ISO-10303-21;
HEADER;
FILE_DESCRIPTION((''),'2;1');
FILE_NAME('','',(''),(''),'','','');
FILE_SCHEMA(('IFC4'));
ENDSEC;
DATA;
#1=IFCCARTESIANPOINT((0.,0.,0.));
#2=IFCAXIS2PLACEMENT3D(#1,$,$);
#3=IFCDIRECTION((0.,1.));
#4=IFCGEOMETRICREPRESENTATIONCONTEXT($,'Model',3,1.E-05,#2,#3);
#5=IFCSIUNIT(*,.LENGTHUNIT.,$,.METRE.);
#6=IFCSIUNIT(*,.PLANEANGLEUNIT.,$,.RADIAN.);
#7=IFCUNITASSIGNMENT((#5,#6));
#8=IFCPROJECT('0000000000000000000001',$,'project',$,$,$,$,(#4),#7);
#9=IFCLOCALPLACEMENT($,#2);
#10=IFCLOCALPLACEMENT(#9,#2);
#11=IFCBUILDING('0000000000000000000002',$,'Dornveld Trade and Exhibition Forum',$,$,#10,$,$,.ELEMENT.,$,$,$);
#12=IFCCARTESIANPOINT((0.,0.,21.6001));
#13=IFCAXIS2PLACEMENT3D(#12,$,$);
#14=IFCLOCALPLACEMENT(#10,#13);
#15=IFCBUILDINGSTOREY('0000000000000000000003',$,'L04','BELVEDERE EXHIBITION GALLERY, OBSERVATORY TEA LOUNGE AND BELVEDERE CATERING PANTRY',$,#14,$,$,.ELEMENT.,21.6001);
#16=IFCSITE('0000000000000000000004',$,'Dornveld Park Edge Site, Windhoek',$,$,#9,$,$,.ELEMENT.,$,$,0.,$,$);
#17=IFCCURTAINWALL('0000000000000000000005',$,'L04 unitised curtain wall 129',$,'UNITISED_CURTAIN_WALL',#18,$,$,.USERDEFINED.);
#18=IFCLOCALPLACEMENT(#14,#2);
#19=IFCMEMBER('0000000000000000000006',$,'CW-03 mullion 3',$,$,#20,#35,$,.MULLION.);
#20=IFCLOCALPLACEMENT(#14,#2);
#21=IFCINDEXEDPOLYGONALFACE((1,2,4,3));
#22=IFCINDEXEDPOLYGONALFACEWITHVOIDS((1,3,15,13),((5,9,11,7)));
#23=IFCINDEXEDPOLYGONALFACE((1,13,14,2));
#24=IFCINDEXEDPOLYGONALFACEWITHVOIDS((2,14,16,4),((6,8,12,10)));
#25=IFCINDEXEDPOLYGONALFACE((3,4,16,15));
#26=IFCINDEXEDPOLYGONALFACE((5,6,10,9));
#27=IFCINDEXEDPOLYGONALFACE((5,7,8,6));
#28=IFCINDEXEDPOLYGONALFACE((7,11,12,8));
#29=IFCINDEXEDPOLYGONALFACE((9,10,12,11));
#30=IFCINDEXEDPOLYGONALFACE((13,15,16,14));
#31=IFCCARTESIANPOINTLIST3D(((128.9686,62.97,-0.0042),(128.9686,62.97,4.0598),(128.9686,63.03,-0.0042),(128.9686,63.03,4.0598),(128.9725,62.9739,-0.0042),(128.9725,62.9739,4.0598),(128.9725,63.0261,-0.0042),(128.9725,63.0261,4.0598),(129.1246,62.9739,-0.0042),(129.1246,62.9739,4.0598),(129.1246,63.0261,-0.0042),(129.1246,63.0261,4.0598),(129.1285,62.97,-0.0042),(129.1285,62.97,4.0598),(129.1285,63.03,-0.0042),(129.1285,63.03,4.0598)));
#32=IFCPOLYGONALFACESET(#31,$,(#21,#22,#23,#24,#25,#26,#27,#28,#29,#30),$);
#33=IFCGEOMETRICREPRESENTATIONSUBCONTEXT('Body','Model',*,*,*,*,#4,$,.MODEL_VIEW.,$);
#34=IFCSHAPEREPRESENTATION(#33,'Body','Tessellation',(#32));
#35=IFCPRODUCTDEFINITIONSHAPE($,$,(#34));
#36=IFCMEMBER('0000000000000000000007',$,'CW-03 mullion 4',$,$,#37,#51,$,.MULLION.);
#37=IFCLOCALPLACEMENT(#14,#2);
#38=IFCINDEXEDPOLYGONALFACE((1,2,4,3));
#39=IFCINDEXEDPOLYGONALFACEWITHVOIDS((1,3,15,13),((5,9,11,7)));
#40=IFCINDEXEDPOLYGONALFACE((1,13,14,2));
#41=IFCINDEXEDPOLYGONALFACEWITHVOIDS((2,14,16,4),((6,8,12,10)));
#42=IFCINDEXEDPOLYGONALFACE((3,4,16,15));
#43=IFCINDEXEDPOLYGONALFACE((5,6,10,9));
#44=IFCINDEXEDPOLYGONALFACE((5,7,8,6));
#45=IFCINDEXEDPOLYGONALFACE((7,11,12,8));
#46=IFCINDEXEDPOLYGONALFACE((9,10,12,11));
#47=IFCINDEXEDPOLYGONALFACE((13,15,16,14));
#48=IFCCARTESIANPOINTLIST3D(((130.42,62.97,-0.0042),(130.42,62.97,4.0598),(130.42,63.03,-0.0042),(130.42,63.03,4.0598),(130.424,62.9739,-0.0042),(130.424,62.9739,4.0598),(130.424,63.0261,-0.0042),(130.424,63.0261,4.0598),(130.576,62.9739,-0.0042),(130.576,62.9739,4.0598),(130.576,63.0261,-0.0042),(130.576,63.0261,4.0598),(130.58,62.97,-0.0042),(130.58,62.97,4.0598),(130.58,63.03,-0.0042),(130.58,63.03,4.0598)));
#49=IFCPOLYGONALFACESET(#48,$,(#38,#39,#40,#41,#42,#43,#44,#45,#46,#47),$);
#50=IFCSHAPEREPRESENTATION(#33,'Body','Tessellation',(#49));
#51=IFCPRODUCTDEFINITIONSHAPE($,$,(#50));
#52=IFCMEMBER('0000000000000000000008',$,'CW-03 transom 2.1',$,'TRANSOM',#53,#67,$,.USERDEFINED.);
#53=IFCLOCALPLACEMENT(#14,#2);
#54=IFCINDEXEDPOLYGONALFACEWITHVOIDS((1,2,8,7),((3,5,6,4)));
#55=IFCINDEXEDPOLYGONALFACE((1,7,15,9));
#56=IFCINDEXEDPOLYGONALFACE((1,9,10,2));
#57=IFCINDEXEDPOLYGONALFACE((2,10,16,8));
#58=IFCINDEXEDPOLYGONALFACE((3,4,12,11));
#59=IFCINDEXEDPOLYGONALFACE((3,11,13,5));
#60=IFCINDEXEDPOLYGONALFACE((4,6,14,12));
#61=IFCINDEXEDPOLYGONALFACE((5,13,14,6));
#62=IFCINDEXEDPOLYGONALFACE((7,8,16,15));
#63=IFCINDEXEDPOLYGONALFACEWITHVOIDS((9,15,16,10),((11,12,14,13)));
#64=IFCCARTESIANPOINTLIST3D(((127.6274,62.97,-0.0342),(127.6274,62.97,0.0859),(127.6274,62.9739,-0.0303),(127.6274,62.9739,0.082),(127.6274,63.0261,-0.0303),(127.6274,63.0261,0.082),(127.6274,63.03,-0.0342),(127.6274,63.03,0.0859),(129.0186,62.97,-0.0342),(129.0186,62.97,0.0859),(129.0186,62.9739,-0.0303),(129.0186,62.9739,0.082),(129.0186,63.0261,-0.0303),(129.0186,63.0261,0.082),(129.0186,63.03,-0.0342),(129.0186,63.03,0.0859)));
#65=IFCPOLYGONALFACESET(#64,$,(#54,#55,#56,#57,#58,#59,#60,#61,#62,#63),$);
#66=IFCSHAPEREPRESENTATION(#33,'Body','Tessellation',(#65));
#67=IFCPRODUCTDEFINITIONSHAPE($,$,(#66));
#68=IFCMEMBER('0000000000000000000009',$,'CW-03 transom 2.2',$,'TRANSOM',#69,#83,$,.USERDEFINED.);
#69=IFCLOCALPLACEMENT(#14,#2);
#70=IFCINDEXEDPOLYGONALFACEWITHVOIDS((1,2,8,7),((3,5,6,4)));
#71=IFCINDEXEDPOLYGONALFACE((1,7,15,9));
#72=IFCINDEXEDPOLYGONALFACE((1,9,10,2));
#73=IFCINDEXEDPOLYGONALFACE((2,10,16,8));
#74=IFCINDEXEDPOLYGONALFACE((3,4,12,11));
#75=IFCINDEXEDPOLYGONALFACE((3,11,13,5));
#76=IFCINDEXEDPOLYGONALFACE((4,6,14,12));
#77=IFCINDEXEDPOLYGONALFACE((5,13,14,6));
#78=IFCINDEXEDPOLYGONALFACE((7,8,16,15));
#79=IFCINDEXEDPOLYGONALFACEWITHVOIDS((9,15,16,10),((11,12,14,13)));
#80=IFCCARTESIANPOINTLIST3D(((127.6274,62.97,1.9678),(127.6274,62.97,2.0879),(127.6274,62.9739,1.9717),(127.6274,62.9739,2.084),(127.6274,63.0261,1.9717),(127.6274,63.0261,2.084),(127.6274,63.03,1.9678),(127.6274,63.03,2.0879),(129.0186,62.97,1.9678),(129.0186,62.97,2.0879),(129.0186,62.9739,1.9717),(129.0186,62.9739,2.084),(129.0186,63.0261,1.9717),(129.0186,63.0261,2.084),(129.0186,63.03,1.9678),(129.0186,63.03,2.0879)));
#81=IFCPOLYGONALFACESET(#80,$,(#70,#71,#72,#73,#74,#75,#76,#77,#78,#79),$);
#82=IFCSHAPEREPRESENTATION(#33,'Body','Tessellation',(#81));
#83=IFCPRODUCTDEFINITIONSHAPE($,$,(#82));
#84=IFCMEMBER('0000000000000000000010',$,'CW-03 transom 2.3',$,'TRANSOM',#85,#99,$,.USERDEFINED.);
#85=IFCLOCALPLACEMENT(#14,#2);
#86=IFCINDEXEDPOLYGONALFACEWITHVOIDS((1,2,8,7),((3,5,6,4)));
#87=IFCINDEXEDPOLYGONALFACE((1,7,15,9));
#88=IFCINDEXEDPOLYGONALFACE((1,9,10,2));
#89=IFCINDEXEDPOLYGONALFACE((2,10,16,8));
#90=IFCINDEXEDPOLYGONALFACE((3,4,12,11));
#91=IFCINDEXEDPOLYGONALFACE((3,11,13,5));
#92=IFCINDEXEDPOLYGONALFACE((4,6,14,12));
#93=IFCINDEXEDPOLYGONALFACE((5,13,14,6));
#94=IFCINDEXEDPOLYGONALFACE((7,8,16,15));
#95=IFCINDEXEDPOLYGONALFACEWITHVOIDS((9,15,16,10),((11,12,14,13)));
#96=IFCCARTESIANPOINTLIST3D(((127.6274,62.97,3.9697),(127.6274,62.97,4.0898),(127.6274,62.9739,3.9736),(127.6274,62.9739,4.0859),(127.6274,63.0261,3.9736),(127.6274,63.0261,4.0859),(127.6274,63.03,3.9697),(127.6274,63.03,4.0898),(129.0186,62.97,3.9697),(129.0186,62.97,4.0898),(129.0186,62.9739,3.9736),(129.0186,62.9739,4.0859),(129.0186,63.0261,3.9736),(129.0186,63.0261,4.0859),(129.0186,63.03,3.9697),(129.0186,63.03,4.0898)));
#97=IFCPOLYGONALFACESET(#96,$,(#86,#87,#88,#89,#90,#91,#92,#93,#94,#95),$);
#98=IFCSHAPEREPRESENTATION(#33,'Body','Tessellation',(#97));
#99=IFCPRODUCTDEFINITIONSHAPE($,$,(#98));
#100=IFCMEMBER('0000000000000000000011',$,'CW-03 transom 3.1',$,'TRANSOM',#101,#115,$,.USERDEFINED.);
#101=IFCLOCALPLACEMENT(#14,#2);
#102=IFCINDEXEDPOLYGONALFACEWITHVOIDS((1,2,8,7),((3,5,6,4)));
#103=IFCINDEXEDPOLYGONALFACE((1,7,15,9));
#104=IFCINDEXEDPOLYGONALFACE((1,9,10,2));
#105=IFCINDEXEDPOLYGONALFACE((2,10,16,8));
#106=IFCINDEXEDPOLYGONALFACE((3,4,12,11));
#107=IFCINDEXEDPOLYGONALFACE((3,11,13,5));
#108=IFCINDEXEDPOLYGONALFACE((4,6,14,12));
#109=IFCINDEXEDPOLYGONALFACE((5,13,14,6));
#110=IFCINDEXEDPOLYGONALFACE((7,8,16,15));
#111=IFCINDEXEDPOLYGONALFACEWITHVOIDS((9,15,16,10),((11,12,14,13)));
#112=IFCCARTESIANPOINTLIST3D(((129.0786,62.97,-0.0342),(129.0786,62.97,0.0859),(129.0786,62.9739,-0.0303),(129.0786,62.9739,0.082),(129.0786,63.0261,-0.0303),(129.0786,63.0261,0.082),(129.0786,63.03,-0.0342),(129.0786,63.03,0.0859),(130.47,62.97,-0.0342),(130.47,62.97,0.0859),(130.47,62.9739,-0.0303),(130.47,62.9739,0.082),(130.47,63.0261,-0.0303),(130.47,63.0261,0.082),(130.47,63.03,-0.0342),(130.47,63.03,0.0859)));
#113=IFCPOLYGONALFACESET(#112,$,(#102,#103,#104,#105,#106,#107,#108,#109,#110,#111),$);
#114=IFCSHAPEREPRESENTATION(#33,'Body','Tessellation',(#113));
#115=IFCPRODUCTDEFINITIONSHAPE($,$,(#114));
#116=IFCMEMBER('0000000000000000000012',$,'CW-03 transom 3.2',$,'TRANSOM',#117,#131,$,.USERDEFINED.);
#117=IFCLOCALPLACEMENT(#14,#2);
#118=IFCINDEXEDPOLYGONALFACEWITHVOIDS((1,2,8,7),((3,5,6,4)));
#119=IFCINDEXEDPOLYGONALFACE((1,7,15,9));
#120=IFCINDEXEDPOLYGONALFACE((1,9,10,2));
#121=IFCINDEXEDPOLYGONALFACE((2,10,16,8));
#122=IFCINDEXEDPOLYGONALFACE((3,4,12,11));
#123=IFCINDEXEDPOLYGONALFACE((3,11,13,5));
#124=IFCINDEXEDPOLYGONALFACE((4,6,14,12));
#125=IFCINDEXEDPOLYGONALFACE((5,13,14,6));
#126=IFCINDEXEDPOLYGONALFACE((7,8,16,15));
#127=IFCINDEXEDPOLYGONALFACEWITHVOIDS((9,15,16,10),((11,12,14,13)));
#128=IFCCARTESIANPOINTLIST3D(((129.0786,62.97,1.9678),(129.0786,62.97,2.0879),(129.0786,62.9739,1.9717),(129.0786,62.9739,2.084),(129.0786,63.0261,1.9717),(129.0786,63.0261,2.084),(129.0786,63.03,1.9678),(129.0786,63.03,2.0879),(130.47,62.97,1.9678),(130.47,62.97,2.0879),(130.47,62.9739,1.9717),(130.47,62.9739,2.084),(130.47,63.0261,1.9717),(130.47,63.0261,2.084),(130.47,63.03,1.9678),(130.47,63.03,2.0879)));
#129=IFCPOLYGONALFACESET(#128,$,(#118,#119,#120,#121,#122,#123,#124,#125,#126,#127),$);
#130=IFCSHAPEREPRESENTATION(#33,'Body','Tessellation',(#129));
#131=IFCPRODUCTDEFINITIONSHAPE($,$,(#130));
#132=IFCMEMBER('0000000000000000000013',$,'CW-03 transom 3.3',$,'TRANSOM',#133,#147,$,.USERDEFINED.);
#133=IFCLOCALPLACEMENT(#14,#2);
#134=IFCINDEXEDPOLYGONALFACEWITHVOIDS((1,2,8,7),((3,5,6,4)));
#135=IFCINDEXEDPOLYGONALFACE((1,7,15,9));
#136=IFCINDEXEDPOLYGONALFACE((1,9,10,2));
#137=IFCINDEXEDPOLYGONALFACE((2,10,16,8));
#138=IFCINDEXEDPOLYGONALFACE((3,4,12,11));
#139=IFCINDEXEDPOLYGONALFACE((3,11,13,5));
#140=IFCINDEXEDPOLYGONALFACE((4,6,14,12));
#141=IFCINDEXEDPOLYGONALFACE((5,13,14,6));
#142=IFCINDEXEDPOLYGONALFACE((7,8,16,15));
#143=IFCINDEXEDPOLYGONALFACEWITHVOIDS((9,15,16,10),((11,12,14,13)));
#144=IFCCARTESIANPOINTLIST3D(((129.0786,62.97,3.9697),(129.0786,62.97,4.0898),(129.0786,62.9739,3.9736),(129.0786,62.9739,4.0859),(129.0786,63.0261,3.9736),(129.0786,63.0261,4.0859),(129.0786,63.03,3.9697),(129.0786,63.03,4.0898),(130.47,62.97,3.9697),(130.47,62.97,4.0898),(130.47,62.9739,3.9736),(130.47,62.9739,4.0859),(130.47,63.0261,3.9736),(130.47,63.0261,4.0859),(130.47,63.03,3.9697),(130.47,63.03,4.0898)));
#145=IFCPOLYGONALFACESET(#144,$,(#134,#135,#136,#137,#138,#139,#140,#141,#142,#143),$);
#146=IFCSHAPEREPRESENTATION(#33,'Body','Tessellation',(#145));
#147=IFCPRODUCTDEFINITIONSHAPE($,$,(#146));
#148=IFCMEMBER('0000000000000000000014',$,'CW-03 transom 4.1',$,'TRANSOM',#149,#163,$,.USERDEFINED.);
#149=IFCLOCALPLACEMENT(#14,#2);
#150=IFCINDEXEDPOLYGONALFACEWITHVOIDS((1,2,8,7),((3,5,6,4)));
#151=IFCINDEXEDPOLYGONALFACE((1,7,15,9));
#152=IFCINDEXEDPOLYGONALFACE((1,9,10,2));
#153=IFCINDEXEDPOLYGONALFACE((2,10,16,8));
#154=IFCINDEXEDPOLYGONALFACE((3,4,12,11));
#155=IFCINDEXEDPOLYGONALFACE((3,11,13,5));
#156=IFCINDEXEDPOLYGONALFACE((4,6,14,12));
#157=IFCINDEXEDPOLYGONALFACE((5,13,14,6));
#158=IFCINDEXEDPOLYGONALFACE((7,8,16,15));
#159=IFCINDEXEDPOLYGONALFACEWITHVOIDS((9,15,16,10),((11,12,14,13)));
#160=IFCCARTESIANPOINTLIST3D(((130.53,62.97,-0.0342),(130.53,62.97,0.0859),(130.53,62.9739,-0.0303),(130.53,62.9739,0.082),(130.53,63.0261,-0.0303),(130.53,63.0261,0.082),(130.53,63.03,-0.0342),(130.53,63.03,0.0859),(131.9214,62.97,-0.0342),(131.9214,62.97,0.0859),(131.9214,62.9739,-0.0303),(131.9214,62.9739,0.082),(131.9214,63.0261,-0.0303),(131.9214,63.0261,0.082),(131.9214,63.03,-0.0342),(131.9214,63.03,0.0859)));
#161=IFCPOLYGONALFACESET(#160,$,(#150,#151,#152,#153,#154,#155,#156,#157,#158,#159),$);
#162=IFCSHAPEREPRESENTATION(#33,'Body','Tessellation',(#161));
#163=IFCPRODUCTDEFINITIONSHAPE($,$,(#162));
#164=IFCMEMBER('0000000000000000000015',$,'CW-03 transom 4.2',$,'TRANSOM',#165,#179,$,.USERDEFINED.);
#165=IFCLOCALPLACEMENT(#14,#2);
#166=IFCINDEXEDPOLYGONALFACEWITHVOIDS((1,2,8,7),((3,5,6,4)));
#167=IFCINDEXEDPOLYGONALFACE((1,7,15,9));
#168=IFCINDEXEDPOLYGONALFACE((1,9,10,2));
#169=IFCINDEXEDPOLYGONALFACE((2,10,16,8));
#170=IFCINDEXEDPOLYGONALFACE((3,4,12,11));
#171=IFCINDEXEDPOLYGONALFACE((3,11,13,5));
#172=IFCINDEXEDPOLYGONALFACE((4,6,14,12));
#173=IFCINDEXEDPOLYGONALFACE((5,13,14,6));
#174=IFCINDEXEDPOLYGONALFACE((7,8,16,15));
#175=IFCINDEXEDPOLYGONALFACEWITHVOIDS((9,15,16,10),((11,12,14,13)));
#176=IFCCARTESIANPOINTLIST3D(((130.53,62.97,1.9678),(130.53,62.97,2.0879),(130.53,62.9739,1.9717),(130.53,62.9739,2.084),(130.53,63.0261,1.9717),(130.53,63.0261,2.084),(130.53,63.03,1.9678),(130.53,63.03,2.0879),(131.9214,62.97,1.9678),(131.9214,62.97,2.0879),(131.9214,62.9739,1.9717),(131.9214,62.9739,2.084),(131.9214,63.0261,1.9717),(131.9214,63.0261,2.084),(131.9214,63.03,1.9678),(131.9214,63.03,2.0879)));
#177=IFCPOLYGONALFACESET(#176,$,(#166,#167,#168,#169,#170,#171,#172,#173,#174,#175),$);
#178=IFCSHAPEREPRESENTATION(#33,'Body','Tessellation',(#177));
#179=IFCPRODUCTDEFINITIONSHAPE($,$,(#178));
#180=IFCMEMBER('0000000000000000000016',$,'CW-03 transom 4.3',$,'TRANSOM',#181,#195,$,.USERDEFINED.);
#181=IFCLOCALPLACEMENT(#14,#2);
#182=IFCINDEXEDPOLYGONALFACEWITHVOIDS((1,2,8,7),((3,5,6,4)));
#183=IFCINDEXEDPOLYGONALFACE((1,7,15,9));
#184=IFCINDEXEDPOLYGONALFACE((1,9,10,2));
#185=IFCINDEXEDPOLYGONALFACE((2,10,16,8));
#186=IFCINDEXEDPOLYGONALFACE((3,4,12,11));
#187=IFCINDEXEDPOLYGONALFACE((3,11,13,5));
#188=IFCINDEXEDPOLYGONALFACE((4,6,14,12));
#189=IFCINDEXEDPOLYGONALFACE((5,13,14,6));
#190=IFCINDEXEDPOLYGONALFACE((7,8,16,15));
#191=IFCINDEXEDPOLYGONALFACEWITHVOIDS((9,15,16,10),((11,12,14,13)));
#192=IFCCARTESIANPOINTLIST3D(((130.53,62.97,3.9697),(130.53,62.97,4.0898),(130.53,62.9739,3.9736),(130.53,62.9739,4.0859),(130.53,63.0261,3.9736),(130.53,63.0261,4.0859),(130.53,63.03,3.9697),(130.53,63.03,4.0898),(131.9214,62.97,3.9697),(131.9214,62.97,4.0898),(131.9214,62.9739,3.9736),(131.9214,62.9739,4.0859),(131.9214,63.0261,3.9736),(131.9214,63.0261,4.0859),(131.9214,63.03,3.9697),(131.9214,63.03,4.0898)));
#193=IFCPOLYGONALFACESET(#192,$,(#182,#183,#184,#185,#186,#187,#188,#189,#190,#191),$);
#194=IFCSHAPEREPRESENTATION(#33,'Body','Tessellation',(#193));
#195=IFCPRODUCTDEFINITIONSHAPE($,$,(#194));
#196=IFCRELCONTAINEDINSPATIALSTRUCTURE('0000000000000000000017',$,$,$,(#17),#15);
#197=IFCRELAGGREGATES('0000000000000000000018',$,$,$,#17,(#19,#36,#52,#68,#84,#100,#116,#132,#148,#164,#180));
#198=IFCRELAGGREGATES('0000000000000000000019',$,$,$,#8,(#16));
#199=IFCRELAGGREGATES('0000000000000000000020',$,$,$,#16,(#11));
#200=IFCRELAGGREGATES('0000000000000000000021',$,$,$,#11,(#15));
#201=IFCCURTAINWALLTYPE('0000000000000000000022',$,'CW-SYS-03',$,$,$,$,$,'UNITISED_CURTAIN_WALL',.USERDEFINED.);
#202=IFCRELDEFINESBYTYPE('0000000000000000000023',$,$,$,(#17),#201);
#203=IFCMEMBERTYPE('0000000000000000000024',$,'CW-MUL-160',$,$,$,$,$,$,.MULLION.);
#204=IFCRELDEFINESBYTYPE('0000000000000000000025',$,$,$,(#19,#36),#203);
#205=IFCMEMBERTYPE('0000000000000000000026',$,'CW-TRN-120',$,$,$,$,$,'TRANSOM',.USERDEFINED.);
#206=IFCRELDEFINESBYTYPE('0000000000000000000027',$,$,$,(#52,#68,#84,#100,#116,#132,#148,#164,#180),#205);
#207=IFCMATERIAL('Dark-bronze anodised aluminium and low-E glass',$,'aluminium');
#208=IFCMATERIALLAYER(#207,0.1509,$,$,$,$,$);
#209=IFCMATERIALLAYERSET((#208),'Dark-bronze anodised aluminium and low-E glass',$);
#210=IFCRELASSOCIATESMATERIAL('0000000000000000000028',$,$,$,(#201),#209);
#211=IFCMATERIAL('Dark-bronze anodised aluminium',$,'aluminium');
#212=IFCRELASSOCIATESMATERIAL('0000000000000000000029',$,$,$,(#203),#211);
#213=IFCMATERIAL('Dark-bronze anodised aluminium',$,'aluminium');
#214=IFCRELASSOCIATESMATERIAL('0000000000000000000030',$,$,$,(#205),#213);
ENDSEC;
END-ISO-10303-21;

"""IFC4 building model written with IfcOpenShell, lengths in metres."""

from ifc_helpers import new_model, si_unit, direction, frame, origin, origin_2d, place, context, subcontext, project, spatial, hollow_rectangle, extrude, material, layer, layer_set, material_profile, profile_set, type_object, element, aggregate, save


model = new_model("IFC4")

# Units and contexts
model_context = context("Model", 3, precision=1e-05, world=origin(), true_north=direction((0.0, 1.0)))
body_context = subcontext(model_context, "Body", "Model", "MODEL_VIEW")
ifc_project = project(units=[si_unit("LENGTHUNIT", "METRE"), si_unit("PLANEANGLEUNIT", "RADIAN")], contexts=[model_context])

# Site, building, storey
site_placement = place(None, origin())
site = spatial("IfcSite", under=ifc_project, at=site_placement, Name="Dornveld Park Edge Site, Windhoek", CompositionType="ELEMENT", RefElevation=0.0)
building_placement = place(site_placement, origin())
building = spatial("IfcBuilding", under=site, at=building_placement, Name="Dornveld Trade and Exhibition Forum", CompositionType="ELEMENT")
storey_placement = place(building_placement, frame((0.0, 0.0, 21.6001)))
storey = spatial("IfcBuildingStorey", under=building, at=storey_placement, Name="L04", Description="BELVEDERE EXHIBITION GALLERY, OBSERVATORY TEA LOUNGE AND BELVEDERE CATERING PANTRY", CompositionType="ELEMENT", Elevation=21.6001)

# Curtain wall, members
ifc_material_1 = material(Name="Dark-bronze anodised aluminium and low-E glass", Category="aluminium")
ifc_layer_1 = layer(ifc_material_1, 0.1509)
ifc_layer_set_1 = layer_set([ifc_layer_1], Name="Dark-bronze anodised aluminium and low-E glass")
curtain_wall_type = type_object("IfcCurtainWallType", Name="CW-SYS-03", ElementType="UNITISED_CURTAIN_WALL", PredefinedType="USERDEFINED", material=ifc_layer_set_1)
curtain_wall_placement = place(storey_placement, origin())
curtain_wall = element("IfcCurtainWall", 1, at=curtain_wall_placement, inside=storey, type_object=curtain_wall_type, Name="L04 unitised curtain wall 129", ObjectType="UNITISED_CURTAIN_WALL", PredefinedType="USERDEFINED")
ifc_material_2 = material(Name="Dark-bronze anodised aluminium", Category="aluminium")
ifc_material_profile_1 = material_profile(ifc_material_2, hollow_rectangle(XDim=0.0601, YDim=0.1599, WallThickness=0.0039, at=origin_2d()), Name="RHS 160x60x4")
ifc_profile_set_1 = profile_set([ifc_material_profile_1], Name="Dark-bronze anodised aluminium")
member_type_1 = type_object("IfcMemberType", Name="CW-MUL-160", PredefinedType="MULLION", material=ifc_profile_set_1)
member_1_placement = place(storey_placement, frame((129.0486, 63.0, -0.0042), z_axis=(0.0, 0.0, 1.0), x_axis=(0.0, 1.0, 0.0)))
member_1 = element("IfcMember", 2, at=member_1_placement, type_object=member_type_1, Name="CW-03 mullion 3", PredefinedType="MULLION", context=body_context, shape_type="SweptSolid", body=[
    extrude(hollow_rectangle(XDim=0.0601, YDim=0.1599, WallThickness=0.0039, at=origin_2d()), origin(), (0.0, 0.0, 1.0), 4.064),
])
member_2_placement = place(storey_placement, frame((130.5, 63.0, -0.0042), z_axis=(0.0, 0.0, 1.0), x_axis=(0.0, 1.0, 0.0)))
member_2 = element("IfcMember", 3, at=member_2_placement, type_object=member_type_1, Name="CW-03 mullion 4", PredefinedType="MULLION", context=body_context, shape_type="SweptSolid", body=[
    extrude(hollow_rectangle(XDim=0.0601, YDim=0.1599, WallThickness=0.0039, at=origin_2d()), origin(), (0.0, 0.0, 1.0), 4.064),
])
ifc_material_3 = material(Name="Dark-bronze anodised aluminium", Category="aluminium")
ifc_material_profile_2 = material_profile(ifc_material_3, hollow_rectangle(XDim=0.0601, YDim=0.1201, WallThickness=0.0039, at=origin_2d()), Name="RHS 120x60x4")
ifc_profile_set_2 = profile_set([ifc_material_profile_2], Name="Dark-bronze anodised aluminium")
member_type_2 = type_object("IfcMemberType", Name="CW-TRN-120", ElementType="TRANSOM", PredefinedType="USERDEFINED", material=ifc_profile_set_2)
member_3_placement = place(storey_placement, frame((127.6274, 63.0, 0.0259), z_axis=(1.0, 0.0, 0.0), x_axis=(0.0, 1.0, 0.0)))
member_3 = element("IfcMember", 4, at=member_3_placement, type_object=member_type_2, Name="CW-03 transom 2.1", ObjectType="TRANSOM", PredefinedType="USERDEFINED", context=body_context, shape_type="SweptSolid", body=[
    extrude(hollow_rectangle(XDim=0.0601, YDim=0.1201, WallThickness=0.0039, at=origin_2d()), origin(), (0.0, 0.0, 1.0), 1.3911),
])
member_4_placement = place(storey_placement, frame((127.6274, 63.0, 2.0278), z_axis=(1.0, 0.0, 0.0), x_axis=(0.0, 1.0, 0.0)))
member_4 = element("IfcMember", 5, at=member_4_placement, type_object=member_type_2, Name="CW-03 transom 2.2", ObjectType="TRANSOM", PredefinedType="USERDEFINED", context=body_context, shape_type="SweptSolid", body=[
    extrude(hollow_rectangle(XDim=0.0601, YDim=0.1201, WallThickness=0.0039, at=origin_2d()), origin(), (0.0, 0.0, 1.0), 1.3911),
])
member_5_placement = place(storey_placement, frame((127.6274, 63.0, 4.0298), z_axis=(1.0, 0.0, 0.0), x_axis=(0.0, 1.0, 0.0)))
member_5 = element("IfcMember", 6, at=member_5_placement, type_object=member_type_2, Name="CW-03 transom 2.3", ObjectType="TRANSOM", PredefinedType="USERDEFINED", context=body_context, shape_type="SweptSolid", body=[
    extrude(hollow_rectangle(XDim=0.0601, YDim=0.1201, WallThickness=0.0039, at=origin_2d()), origin(), (0.0, 0.0, 1.0), 1.3911),
])
member_6_placement = place(storey_placement, frame((129.0786, 63.0, 0.0259), z_axis=(1.0, 0.0, 0.0), x_axis=(0.0, 1.0, 0.0)))
member_6 = element("IfcMember", 7, at=member_6_placement, type_object=member_type_2, Name="CW-03 transom 3.1", ObjectType="TRANSOM", PredefinedType="USERDEFINED", context=body_context, shape_type="SweptSolid", body=[
    extrude(hollow_rectangle(XDim=0.0601, YDim=0.1201, WallThickness=0.0039, at=origin_2d()), origin(), (0.0, 0.0, 1.0), 1.3914),
])
member_7_placement = place(storey_placement, frame((129.0786, 63.0, 2.0278), z_axis=(1.0, 0.0, 0.0), x_axis=(0.0, 1.0, 0.0)))
member_7 = element("IfcMember", 8, at=member_7_placement, type_object=member_type_2, Name="CW-03 transom 3.2", ObjectType="TRANSOM", PredefinedType="USERDEFINED", context=body_context, shape_type="SweptSolid", body=[
    extrude(hollow_rectangle(XDim=0.0601, YDim=0.1201, WallThickness=0.0039, at=origin_2d()), origin(), (0.0, 0.0, 1.0), 1.3914),
])
member_8_placement = place(storey_placement, frame((129.0786, 63.0, 4.0298), z_axis=(1.0, 0.0, 0.0), x_axis=(0.0, 1.0, 0.0)))
member_8 = element("IfcMember", 9, at=member_8_placement, type_object=member_type_2, Name="CW-03 transom 3.3", ObjectType="TRANSOM", PredefinedType="USERDEFINED", context=body_context, shape_type="SweptSolid", body=[
    extrude(hollow_rectangle(XDim=0.0601, YDim=0.1201, WallThickness=0.0039, at=origin_2d()), origin(), (0.0, 0.0, 1.0), 1.3914),
])
member_9_placement = place(storey_placement, frame((130.53, 63.0, 0.0259), z_axis=(1.0, 0.0, 0.0), x_axis=(0.0, 1.0, 0.0)))
member_9 = element("IfcMember", 10, at=member_9_placement, type_object=member_type_2, Name="CW-03 transom 4.1", ObjectType="TRANSOM", PredefinedType="USERDEFINED", context=body_context, shape_type="SweptSolid", body=[
    extrude(hollow_rectangle(XDim=0.0601, YDim=0.1201, WallThickness=0.0039, at=origin_2d()), origin(), (0.0, 0.0, 1.0), 1.3914),
])
member_10_placement = place(storey_placement, frame((130.53, 63.0, 2.0278), z_axis=(1.0, 0.0, 0.0), x_axis=(0.0, 1.0, 0.0)))
member_10 = element("IfcMember", 11, at=member_10_placement, type_object=member_type_2, Name="CW-03 transom 4.2", ObjectType="TRANSOM", PredefinedType="USERDEFINED", context=body_context, shape_type="SweptSolid", body=[
    extrude(hollow_rectangle(XDim=0.0601, YDim=0.1201, WallThickness=0.0039, at=origin_2d()), origin(), (0.0, 0.0, 1.0), 1.3914),
])
member_11_placement = place(storey_placement, frame((130.53, 63.0, 4.0298), z_axis=(1.0, 0.0, 0.0), x_axis=(0.0, 1.0, 0.0)))
member_11 = element("IfcMember", 12, at=member_11_placement, type_object=member_type_2, Name="CW-03 transom 4.3", ObjectType="TRANSOM", PredefinedType="USERDEFINED", context=body_context, shape_type="SweptSolid", body=[
    extrude(hollow_rectangle(XDim=0.0601, YDim=0.1201, WallThickness=0.0039, at=origin_2d()), origin(), (0.0, 0.0, 1.0), 1.3914),
])
aggregate(curtain_wall, [member_1, member_2, member_3, member_4, member_5, member_6, member_7, member_8, member_9, member_10, member_11])

save(model, "model.ifc")
